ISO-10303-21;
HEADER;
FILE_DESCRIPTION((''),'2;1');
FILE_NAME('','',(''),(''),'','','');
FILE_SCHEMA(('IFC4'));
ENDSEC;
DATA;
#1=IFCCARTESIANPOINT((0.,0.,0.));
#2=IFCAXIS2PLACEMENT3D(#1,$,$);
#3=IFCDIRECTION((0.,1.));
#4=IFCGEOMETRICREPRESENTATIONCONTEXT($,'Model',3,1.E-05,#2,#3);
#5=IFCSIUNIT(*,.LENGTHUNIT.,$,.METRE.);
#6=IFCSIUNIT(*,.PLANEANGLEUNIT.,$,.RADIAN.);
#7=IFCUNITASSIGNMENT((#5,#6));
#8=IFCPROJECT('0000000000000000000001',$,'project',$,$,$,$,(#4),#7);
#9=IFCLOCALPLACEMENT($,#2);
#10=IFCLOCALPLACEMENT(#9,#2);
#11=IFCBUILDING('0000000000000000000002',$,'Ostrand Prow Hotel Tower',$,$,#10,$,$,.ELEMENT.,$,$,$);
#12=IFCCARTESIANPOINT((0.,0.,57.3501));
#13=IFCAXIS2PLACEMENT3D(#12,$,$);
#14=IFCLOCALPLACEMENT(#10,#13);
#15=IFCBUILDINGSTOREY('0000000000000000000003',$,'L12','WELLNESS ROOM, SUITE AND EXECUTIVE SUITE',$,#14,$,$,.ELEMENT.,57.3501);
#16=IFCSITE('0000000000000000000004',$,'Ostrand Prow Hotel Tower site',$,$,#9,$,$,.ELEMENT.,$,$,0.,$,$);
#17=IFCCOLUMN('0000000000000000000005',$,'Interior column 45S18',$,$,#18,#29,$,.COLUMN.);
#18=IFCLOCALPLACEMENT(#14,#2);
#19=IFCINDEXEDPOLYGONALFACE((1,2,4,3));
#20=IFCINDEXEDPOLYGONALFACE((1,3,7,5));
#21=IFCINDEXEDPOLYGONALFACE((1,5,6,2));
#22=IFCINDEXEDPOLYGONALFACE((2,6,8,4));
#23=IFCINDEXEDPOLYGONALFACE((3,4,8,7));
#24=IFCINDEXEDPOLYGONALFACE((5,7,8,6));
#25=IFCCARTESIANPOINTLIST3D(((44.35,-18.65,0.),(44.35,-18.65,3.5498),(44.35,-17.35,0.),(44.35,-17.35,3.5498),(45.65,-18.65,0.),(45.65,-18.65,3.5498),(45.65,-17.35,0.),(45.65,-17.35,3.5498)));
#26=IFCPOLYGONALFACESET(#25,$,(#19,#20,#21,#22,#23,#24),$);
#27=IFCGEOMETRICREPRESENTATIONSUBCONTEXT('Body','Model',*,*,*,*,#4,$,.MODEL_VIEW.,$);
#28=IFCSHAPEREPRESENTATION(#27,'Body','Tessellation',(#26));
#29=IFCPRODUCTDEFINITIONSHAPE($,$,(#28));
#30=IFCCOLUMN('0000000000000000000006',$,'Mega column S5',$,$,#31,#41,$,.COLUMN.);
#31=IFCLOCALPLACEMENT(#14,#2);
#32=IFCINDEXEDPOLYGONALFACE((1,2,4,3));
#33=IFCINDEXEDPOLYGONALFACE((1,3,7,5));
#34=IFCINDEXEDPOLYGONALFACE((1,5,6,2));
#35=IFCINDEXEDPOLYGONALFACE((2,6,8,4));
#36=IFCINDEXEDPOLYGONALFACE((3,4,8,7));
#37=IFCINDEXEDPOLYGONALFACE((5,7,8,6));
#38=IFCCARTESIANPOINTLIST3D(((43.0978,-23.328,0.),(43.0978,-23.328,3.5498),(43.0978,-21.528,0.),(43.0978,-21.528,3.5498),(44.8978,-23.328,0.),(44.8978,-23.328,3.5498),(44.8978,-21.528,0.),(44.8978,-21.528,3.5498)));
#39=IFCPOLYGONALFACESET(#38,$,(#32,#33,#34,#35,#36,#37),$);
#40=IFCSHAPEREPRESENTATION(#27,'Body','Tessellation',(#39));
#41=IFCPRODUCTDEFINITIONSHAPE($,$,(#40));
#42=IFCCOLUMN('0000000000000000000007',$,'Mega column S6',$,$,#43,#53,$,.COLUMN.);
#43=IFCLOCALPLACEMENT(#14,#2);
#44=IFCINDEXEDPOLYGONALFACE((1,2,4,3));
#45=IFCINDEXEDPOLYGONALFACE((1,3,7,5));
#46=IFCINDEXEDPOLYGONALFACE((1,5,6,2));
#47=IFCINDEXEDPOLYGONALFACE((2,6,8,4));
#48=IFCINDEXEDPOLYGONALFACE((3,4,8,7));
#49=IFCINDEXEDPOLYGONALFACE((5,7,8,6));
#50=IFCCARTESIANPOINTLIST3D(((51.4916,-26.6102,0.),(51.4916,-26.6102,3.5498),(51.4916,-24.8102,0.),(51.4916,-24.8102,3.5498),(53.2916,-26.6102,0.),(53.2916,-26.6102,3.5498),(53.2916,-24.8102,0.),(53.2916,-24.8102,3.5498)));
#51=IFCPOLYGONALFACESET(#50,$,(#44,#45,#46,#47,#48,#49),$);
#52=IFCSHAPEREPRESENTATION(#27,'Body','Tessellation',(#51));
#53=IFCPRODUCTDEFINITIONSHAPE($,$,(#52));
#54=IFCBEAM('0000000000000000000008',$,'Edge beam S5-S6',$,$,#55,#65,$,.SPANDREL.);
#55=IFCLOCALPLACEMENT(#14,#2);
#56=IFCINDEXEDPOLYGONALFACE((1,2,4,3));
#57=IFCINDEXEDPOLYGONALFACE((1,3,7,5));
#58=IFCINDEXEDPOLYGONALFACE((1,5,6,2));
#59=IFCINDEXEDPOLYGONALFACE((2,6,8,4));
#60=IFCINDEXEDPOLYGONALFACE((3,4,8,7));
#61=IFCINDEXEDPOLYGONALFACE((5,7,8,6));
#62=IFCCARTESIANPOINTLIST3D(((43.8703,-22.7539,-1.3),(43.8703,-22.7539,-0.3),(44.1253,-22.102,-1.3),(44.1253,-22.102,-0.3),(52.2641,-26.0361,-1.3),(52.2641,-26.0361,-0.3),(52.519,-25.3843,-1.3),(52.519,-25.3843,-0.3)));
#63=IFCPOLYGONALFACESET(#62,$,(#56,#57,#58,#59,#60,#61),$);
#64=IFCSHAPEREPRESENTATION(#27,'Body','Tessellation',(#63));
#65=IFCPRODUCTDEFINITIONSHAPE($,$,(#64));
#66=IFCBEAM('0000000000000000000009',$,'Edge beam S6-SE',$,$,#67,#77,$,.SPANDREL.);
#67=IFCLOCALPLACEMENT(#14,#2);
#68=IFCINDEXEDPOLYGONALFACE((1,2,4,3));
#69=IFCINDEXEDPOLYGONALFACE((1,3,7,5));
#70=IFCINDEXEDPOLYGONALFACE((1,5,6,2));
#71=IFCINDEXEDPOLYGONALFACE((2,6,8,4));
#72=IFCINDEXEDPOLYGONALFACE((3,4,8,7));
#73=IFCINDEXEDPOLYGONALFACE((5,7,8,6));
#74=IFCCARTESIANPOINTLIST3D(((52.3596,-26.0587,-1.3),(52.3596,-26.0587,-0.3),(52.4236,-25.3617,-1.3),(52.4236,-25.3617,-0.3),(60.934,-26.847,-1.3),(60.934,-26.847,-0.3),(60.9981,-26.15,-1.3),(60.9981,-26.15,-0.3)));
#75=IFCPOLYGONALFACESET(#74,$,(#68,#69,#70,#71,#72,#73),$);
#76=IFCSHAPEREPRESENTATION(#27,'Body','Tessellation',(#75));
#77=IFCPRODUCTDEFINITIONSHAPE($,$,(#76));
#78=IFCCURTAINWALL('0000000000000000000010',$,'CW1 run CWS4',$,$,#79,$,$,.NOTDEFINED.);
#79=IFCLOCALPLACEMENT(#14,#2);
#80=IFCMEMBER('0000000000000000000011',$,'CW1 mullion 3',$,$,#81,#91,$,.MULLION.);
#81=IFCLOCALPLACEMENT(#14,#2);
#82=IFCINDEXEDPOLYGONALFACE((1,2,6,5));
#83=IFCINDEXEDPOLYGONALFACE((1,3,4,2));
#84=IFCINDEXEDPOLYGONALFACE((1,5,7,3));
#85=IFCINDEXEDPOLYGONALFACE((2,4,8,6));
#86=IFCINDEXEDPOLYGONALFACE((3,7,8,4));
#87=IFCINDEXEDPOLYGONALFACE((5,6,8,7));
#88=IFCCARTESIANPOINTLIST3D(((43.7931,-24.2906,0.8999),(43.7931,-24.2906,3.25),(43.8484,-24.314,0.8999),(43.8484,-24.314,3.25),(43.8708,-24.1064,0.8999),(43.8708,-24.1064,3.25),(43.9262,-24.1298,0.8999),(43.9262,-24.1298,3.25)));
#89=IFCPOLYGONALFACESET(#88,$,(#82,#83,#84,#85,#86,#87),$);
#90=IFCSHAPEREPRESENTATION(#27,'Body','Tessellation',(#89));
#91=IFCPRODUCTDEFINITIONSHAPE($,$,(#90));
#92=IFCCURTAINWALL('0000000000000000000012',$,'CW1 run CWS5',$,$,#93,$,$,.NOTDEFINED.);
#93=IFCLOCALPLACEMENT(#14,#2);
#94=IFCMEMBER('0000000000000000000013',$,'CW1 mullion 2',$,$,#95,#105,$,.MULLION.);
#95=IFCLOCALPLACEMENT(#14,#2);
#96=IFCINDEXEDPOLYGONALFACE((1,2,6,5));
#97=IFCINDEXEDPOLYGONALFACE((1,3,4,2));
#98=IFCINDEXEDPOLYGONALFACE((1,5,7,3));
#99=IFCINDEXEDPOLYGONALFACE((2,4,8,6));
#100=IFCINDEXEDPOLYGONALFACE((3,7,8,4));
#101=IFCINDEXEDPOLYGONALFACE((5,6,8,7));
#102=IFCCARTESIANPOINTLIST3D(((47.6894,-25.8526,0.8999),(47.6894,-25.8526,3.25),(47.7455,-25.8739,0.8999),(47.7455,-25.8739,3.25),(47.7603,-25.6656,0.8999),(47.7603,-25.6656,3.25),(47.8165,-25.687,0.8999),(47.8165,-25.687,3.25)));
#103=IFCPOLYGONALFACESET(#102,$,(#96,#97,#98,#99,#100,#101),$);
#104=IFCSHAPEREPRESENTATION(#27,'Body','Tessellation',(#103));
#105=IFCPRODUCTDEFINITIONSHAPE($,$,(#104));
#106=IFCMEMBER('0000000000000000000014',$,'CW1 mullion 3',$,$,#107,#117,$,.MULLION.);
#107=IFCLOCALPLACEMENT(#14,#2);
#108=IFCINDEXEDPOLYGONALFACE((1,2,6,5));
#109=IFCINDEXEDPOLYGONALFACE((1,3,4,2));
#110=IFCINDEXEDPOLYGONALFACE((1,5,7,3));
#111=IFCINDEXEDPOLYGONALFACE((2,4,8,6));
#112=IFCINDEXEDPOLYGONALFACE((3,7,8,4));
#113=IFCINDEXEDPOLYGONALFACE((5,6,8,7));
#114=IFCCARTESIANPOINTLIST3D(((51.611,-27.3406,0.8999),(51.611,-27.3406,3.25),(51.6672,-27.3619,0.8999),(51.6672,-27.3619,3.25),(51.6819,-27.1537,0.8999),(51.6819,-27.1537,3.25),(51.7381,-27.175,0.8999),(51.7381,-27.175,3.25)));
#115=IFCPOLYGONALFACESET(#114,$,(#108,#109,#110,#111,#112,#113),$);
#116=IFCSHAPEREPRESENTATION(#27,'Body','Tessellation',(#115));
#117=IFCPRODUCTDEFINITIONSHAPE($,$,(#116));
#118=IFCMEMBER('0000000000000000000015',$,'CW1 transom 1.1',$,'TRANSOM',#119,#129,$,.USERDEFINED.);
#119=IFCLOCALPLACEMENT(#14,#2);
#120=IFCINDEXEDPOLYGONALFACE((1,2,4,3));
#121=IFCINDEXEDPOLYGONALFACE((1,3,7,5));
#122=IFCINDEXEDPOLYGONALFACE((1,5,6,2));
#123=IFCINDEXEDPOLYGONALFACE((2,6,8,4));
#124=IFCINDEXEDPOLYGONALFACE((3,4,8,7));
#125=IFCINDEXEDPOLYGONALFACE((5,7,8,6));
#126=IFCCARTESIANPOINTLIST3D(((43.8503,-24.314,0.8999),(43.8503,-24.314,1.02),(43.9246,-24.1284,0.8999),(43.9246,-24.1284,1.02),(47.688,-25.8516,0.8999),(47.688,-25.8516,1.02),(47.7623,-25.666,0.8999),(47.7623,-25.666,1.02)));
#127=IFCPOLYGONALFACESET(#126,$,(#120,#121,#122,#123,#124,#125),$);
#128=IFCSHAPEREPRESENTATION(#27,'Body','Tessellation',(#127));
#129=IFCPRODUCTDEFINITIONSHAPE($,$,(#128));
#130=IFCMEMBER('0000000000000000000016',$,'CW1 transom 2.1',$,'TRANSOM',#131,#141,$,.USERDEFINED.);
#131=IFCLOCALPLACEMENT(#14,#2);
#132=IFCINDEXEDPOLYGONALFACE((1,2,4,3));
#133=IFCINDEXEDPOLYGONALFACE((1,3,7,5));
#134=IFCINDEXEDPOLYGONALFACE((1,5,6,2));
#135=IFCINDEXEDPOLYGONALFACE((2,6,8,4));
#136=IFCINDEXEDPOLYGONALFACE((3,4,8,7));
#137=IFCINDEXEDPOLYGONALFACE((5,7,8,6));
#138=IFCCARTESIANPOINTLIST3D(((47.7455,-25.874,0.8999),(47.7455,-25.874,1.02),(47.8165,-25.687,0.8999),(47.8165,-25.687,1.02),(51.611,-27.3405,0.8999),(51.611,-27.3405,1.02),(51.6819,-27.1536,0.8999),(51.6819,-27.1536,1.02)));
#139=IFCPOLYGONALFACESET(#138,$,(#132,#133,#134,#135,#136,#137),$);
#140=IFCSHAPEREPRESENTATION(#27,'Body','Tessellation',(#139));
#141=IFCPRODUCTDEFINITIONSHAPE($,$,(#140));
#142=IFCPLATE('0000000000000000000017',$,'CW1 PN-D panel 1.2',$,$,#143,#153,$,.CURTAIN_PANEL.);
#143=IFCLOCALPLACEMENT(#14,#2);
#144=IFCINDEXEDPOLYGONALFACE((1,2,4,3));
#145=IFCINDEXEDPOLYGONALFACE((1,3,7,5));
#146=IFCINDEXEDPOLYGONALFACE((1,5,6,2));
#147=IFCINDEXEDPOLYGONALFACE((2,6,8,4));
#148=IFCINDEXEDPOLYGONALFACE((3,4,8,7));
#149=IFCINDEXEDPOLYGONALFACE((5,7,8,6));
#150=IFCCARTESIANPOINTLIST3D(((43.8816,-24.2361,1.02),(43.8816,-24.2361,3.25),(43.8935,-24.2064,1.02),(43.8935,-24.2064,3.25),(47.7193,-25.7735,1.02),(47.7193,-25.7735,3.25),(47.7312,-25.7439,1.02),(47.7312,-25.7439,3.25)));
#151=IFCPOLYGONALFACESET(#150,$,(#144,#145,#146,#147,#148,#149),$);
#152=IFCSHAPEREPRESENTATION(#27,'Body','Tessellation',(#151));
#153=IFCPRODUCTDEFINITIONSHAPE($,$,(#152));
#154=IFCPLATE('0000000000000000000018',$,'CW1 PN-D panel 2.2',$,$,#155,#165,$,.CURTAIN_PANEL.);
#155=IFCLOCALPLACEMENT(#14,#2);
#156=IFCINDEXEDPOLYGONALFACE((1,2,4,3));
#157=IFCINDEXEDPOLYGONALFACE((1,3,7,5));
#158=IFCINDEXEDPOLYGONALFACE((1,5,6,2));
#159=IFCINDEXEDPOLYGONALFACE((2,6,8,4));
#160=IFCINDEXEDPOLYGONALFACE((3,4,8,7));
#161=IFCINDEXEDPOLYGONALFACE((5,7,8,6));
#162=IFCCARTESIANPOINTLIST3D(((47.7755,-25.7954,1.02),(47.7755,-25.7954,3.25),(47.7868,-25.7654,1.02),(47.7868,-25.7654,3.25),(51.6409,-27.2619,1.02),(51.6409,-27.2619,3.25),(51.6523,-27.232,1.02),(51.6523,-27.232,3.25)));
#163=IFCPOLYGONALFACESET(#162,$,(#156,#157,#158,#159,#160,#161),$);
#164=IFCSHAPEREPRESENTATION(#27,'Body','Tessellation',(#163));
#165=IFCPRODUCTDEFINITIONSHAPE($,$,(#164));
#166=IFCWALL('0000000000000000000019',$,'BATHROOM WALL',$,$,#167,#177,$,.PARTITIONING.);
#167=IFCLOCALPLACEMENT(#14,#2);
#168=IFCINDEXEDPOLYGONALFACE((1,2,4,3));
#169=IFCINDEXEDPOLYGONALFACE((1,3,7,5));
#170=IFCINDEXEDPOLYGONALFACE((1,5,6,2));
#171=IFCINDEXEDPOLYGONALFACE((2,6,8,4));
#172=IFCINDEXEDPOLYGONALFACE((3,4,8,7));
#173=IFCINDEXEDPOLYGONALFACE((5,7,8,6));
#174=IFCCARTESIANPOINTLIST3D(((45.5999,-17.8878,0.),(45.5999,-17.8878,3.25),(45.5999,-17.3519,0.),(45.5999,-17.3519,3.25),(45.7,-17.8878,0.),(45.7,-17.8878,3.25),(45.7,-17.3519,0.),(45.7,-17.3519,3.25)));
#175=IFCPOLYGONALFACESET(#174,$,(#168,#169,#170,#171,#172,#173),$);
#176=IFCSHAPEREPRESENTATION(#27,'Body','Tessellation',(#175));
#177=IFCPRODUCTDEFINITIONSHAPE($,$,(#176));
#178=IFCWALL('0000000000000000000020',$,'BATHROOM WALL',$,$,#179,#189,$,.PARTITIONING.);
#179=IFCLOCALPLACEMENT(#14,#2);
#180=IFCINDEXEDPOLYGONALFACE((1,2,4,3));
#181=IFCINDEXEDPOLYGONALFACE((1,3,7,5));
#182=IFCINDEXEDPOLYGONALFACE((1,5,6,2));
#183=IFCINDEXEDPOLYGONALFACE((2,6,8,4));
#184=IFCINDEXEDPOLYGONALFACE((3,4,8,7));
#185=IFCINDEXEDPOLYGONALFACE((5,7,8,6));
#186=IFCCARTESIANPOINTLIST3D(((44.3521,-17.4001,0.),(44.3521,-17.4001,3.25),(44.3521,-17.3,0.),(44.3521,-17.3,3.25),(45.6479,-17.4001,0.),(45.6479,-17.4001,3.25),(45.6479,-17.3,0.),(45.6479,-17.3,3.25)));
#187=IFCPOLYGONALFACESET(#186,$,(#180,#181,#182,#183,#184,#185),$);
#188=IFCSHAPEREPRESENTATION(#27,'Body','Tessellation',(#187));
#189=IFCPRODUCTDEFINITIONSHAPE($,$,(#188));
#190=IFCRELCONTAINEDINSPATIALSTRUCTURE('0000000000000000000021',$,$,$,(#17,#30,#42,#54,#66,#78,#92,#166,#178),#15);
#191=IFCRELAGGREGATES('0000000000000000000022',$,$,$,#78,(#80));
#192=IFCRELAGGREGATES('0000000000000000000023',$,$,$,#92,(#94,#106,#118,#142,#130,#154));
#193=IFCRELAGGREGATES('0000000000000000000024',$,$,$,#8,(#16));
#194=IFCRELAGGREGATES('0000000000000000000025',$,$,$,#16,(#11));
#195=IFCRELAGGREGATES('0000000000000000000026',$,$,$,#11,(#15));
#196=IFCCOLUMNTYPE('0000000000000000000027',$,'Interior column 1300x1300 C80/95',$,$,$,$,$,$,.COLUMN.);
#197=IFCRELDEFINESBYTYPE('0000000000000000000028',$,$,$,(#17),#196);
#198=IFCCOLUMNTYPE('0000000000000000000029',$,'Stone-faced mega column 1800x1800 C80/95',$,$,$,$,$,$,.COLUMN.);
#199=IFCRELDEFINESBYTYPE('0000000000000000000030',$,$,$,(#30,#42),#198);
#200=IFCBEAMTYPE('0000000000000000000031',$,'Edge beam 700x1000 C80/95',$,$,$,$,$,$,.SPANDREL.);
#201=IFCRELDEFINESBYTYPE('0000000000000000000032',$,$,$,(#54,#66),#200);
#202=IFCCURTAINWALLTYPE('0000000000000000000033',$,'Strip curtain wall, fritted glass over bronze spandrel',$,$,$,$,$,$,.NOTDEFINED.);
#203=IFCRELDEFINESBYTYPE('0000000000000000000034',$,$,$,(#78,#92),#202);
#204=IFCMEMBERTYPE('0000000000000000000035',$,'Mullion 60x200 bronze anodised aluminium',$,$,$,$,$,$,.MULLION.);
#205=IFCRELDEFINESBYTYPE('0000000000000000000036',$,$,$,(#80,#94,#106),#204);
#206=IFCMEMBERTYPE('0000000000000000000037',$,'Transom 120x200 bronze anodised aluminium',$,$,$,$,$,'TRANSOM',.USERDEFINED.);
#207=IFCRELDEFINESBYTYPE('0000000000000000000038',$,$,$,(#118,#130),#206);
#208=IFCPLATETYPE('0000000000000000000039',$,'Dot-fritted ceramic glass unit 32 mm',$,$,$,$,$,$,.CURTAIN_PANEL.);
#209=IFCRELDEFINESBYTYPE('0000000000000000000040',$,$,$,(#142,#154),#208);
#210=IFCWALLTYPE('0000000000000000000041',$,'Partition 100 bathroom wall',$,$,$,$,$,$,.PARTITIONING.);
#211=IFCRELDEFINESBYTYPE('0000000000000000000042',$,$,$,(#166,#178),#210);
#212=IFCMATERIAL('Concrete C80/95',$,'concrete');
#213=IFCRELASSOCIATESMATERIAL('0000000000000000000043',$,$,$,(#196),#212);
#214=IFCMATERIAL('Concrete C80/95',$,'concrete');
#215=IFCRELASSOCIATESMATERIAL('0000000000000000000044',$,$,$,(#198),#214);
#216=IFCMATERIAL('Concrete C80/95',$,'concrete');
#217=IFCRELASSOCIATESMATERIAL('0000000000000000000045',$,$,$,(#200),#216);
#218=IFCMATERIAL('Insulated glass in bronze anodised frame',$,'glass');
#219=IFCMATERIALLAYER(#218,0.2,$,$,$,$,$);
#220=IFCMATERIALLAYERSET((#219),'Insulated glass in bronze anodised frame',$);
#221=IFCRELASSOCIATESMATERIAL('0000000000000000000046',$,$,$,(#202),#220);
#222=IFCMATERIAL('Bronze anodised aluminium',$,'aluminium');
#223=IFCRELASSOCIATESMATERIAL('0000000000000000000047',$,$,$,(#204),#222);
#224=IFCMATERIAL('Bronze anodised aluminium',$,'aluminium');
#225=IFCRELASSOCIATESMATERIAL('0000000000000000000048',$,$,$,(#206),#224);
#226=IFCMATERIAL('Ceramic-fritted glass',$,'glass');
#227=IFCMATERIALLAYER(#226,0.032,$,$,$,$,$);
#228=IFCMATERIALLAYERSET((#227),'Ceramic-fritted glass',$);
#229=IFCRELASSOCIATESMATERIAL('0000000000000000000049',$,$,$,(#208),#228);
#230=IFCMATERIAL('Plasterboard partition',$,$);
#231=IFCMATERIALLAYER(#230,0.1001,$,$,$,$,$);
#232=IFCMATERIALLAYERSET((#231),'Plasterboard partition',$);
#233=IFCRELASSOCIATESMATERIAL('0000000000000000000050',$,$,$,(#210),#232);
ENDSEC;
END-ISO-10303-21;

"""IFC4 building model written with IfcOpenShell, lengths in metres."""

from ifc_helpers import new_model, si_unit, direction, frame, frame_2d, origin, origin_2d, place, context, subcontext, project, spatial, rectangle, extrude, material, layer, layer_set, material_profile, profile_set, type_object, element, aggregate, save


model = new_model("IFC4")

# Units and contexts
model_context = context("Model", 3, precision=1e-05, world=origin(), true_north=direction((0.0, 1.0)))
body_context = subcontext(model_context, "Body", "Model", "MODEL_VIEW")
ifc_project = project(units=[si_unit("LENGTHUNIT", "METRE"), si_unit("PLANEANGLEUNIT", "RADIAN")], contexts=[model_context])

# Site, building, storey
site_placement = place(None, origin())
site = spatial("IfcSite", under=ifc_project, at=site_placement, Name="Ostrand Prow Hotel Tower site", CompositionType="ELEMENT", RefElevation=0.0)
building_placement = place(site_placement, origin())
building = spatial("IfcBuilding", under=site, at=building_placement, Name="Ostrand Prow Hotel Tower", CompositionType="ELEMENT")
storey_placement = place(building_placement, frame((0.0, 0.0, 57.3501)))
storey = spatial("IfcBuildingStorey", under=building, at=storey_placement, Name="L12", Description="WELLNESS ROOM, SUITE AND EXECUTIVE SUITE", CompositionType="ELEMENT", Elevation=57.3501)

# Columns
ifc_material_1 = material(Name="Concrete C80/95", Category="concrete")
ifc_material_profile_1 = material_profile(ifc_material_1, rectangle(XDim=1.3, YDim=1.3, at=origin_2d()), Name="RC 1300x1300")
ifc_profile_set_1 = profile_set([ifc_material_profile_1], Name="Concrete C80/95")
column_type_1 = type_object("IfcColumnType", Name="Interior column 1300x1300 C80/95", PredefinedType="COLUMN", material=ifc_profile_set_1)
column_placement = place(storey_placement, frame((45.0, -18.0, 0.0), z_axis=(0.0, 0.0, 1.0), x_axis=(1.0, 0.0, 0.0)))
element("IfcColumn", 1, at=column_placement, inside=storey, type_object=column_type_1, Name="Interior column 45S18", PredefinedType="COLUMN", context=body_context, shape_type="SweptSolid", body=[
    extrude(rectangle(XDim=1.3, YDim=1.3, at=origin_2d()), origin(), (0.0, 0.0, 1.0), 3.5498),
])
ifc_material_2 = material(Name="Concrete C80/95", Category="concrete")
ifc_material_profile_2 = material_profile(ifc_material_2, rectangle(XDim=1.8, YDim=1.8, at=origin_2d()), Name="RC 1800x1800")
ifc_profile_set_2 = profile_set([ifc_material_profile_2], Name="Concrete C80/95")
column_type_2 = type_object("IfcColumnType", Name="Stone-faced mega column 1800x1800 C80/95", PredefinedType="COLUMN", material=ifc_profile_set_2)
for number, where, z_axis, x_axis, name in (
    (2, (43.9978, -22.428, 0.0), (0.0, 0.0, 1.0), (1.0, 0.0, 0.0), "Mega column S5"),
    (3, (52.3916, -25.7102, 0.0), (0.0, 0.0, 1.0), (1.0, 0.0, 0.0), "Mega column S6"),
):
    element("IfcColumn", number, at=place(storey_placement, frame(where, z_axis=z_axis, x_axis=x_axis)), inside=storey, type_object=column_type_2, Name=name, PredefinedType="COLUMN", context=body_context, shape_type="SweptSolid", body=[
        extrude(rectangle(XDim=1.8, YDim=1.8, at=origin_2d()), origin(), (0.0, 0.0, 1.0), 3.5498),
    ])

# Beams
ifc_material_3 = material(Name="Concrete C80/95", Category="concrete")
ifc_material_profile_3 = material_profile(ifc_material_3, rectangle(XDim=0.7, YDim=1.0, at=origin_2d()), Name="RC 700x1000")
ifc_profile_set_3 = profile_set([ifc_material_profile_3], Name="Concrete C80/95")
beam_type = type_object("IfcBeamType", Name="Edge beam 700x1000 C80/95", PredefinedType="SPANDREL", material=ifc_profile_set_3)
beam_1_placement = place(storey_placement, frame((43.9978, -22.428, -0.8), z_axis=(0.931329, -0.364178, 0.0), x_axis=(0.364178, 0.931329, 0.0)))
element("IfcBeam", 4, at=beam_1_placement, inside=storey, type_object=beam_type, Name="Edge beam S5-S6", PredefinedType="SPANDREL", context=body_context, shape_type="SweptSolid", body=[
    extrude(rectangle(XDim=0.7, YDim=1.0, at=origin_2d()), origin(), (0.0, 0.0, 1.0), 9.0127),
])
beam_2_placement = place(storey_placement, frame((52.3916, -25.7102, -0.8), z_axis=(0.9958, -0.091553, 0.0), x_axis=(0.091553, 0.9958, 0.0)))
element("IfcBeam", 5, at=beam_2_placement, inside=storey, type_object=beam_type, Name="Edge beam S6-SE", PredefinedType="SPANDREL", context=body_context, shape_type="SweptSolid", body=[
    extrude(rectangle(XDim=0.7, YDim=1.0, at=origin_2d()), origin(), (0.0, 0.0, 1.0), 8.6106),
])

# Curtain wall, member
ifc_material_4 = material(Name="Insulated glass in bronze anodised frame", Category="glass")
ifc_layer_1 = layer(ifc_material_4, 0.2)
ifc_layer_set_1 = layer_set([ifc_layer_1], Name="Insulated glass in bronze anodised frame")
curtain_wall_type = type_object("IfcCurtainWallType", Name="Strip curtain wall, fritted glass over bronze spandrel", PredefinedType="NOTDEFINED", material=ifc_layer_set_1)
curtain_wall_1_placement = place(storey_placement, origin())
curtain_wall_1 = element("IfcCurtainWall", 6, at=curtain_wall_1_placement, inside=storey, type_object=curtain_wall_type, Name="CW1 run CWS4", PredefinedType="NOTDEFINED")
ifc_material_5 = material(Name="Bronze anodised aluminium", Category="aluminium")
ifc_material_profile_4 = material_profile(ifc_material_5, rectangle(XDim=0.2, YDim=0.0601, at=origin_2d()), Name="Mullion 60x200 bronze anodised aluminium")
ifc_profile_set_4 = profile_set([ifc_material_profile_4], Name="Bronze anodised aluminium")
member_type_1 = type_object("IfcMemberType", Name="Mullion 60x200 bronze anodised aluminium", PredefinedType="MULLION", material=ifc_profile_set_4)
member_1_placement = place(storey_placement, frame((43.8596, -24.2102, 0.8999), z_axis=(0.0, 0.0, 1.0), x_axis=(0.388892, 0.921283, 0.0)))
member_1 = element("IfcMember", 7, at=member_1_placement, type_object=member_type_1, Name="CW1 mullion 3", PredefinedType="MULLION", context=body_context, shape_type="SweptSolid", body=[
    extrude(rectangle(XDim=0.2, YDim=0.0601, at=origin_2d()), origin(), (0.0, 0.0, 1.0), 2.3501),
])
aggregate(curtain_wall_1, [member_1])

# Curtain wall, members, plates
curtain_wall_2_placement = place(storey_placement, origin())
curtain_wall_2 = element("IfcCurtainWall", 8, at=curtain_wall_2_placement, inside=storey, type_object=curtain_wall_type, Name="CW1 run CWS5", PredefinedType="NOTDEFINED")
member_2_placement = place(storey_placement, frame((47.7529, -25.7698, 0.8999), z_axis=(0.0, 0.0, 1.0), x_axis=(0.354728, 0.934969, 0.0)))
member_2 = element("IfcMember", 9, at=member_2_placement, type_object=member_type_1, Name="CW1 mullion 2", PredefinedType="MULLION", context=body_context, shape_type="SweptSolid", body=[
    extrude(rectangle(XDim=0.2, YDim=0.0601, at=origin_2d()), origin(), (0.0, 0.0, 1.0), 2.3501),
])
member_3_placement = place(storey_placement, frame((51.6746, -27.2578, 0.8999), z_axis=(0.0, 0.0, 1.0), x_axis=(0.354728, 0.934969, 0.0)))
member_3 = element("IfcMember", 10, at=member_3_placement, type_object=member_type_1, Name="CW1 mullion 3", PredefinedType="MULLION", context=body_context, shape_type="SweptSolid", body=[
    extrude(rectangle(XDim=0.2, YDim=0.0601, at=origin_2d()), origin(), (0.0, 0.0, 1.0), 2.3501),
])
ifc_material_6 = material(Name="Bronze anodised aluminium", Category="aluminium")
ifc_material_profile_5 = material_profile(ifc_material_6, rectangle(XDim=0.2, YDim=0.1201, at=origin_2d()), Name="Transom 120x200 bronze anodised aluminium")
ifc_profile_set_5 = profile_set([ifc_material_profile_5], Name="Bronze anodised aluminium")
member_type_2 = type_object("IfcMemberType", Name="Transom 120x200 bronze anodised aluminium", ElementType="TRANSOM", PredefinedType="USERDEFINED", material=ifc_profile_set_5)
member_4_placement = place(storey_placement, frame((43.8875, -24.2212, 0.96), z_axis=(0.928265, -0.37192, 0.0), x_axis=(0.37192, 0.928265, 0.0)))
member_4 = element("IfcMember", 11, at=member_4_placement, type_object=member_type_2, Name="CW1 transom 1.1", ObjectType="TRANSOM", PredefinedType="USERDEFINED", context=body_context, shape_type="SweptSolid", body=[
    extrude(rectangle(XDim=0.2, YDim=0.1201, at=origin_2d()), origin(), (0.0, 0.0, 1.0), 4.1343),
])
member_5_placement = place(storey_placement, frame((47.781, -25.7805, 0.96), z_axis=(0.934971, -0.354725, 0.0), x_axis=(0.354725, 0.934971, 0.0)))
member_5 = element("IfcMember", 12, at=member_5_placement, type_object=member_type_2, Name="CW1 transom 2.1", ObjectType="TRANSOM", PredefinedType="USERDEFINED", context=body_context, shape_type="SweptSolid", body=[
    extrude(rectangle(XDim=0.2, YDim=0.1201, at=origin_2d()), origin(), (0.0, 0.0, 1.0), 4.1343),
])
ifc_material_7 = material(Name="Ceramic-fritted glass", Category="glass")
ifc_layer_2 = layer(ifc_material_7, 0.032)
ifc_layer_set_2 = layer_set([ifc_layer_2], Name="Ceramic-fritted glass")
plate_type = type_object("IfcPlateType", Name="Dot-fritted ceramic glass unit 32 mm", PredefinedType="CURTAIN_PANEL", material=ifc_layer_set_2)
plate_1_placement = place(storey_placement, frame((45.8064, -24.99, 1.02), z_axis=(0.0, 0.0, 1.0), x_axis=(0.928283, -0.371873, 0.0)))
plate_1 = element("IfcPlate", 13, at=plate_1_placement, type_object=plate_type, Name="CW1 PN-D panel 1.2", PredefinedType="CURTAIN_PANEL", context=body_context, shape_type="SweptSolid", body=[
    extrude(rectangle(XDim=4.1343, YDim=0.032, at=origin_2d()), origin(), (0.0, 0.0, 1.0), 2.23),
])
plate_2_placement = place(storey_placement, frame((49.7139, -26.5137, 1.02), z_axis=(0.0, 0.0, 1.0), x_axis=(0.934969, -0.354728, 0.0)))
plate_2 = element("IfcPlate", 14, at=plate_2_placement, type_object=plate_type, Name="CW1 PN-D panel 2.2", PredefinedType="CURTAIN_PANEL", context=body_context, shape_type="SweptSolid", body=[
    extrude(rectangle(XDim=4.1343, YDim=0.032, at=origin_2d()), origin(), (0.0, 0.0, 1.0), 2.23),
])
aggregate(curtain_wall_2, [member_2, member_3, member_4, plate_1, member_5, plate_2])

# Walls
ifc_material_8 = material(Name="Plasterboard partition")
ifc_layer_3 = layer(ifc_material_8, 0.1001)
ifc_layer_set_3 = layer_set([ifc_layer_3], Name="Plasterboard partition")
wall_type_1 = type_object("IfcWallType", Name="Partition 100 bathroom wall", PredefinedType="PARTITIONING", material=ifc_layer_set_3)
wall_1_placement = place(storey_placement, frame((45.6499, -17.8879, 0.0), z_axis=(0.0, 0.0, 1.0), x_axis=(0.0, 1.0, 0.0)))
element("IfcWall", 15, at=wall_1_placement, inside=storey, type_object=wall_type_1, Name="BATHROOM WALL", PredefinedType="PARTITIONING", context=body_context, shape_type="SweptSolid", body=[
    extrude(rectangle(XDim=0.5359, YDim=0.1001, at=frame_2d((0.2681, 0.0))), origin(), (0.0, 0.0, 1.0), 3.25),
])
wall_2_placement = place(storey_placement, frame((45.6479, -17.3501, 0.0), z_axis=(0.0, 0.0, 1.0), x_axis=(-1.0, 0.0, 0.0)))
element("IfcWall", 16, at=wall_2_placement, inside=storey, type_object=wall_type_1, Name="BATHROOM WALL", PredefinedType="PARTITIONING", context=body_context, shape_type="SweptSolid", body=[
    extrude(rectangle(XDim=1.2959, YDim=0.1001, at=frame_2d((0.6479, 0.0))), origin(), (0.0, 0.0, 1.0), 3.25),
])

save(model, "model.ifc")
